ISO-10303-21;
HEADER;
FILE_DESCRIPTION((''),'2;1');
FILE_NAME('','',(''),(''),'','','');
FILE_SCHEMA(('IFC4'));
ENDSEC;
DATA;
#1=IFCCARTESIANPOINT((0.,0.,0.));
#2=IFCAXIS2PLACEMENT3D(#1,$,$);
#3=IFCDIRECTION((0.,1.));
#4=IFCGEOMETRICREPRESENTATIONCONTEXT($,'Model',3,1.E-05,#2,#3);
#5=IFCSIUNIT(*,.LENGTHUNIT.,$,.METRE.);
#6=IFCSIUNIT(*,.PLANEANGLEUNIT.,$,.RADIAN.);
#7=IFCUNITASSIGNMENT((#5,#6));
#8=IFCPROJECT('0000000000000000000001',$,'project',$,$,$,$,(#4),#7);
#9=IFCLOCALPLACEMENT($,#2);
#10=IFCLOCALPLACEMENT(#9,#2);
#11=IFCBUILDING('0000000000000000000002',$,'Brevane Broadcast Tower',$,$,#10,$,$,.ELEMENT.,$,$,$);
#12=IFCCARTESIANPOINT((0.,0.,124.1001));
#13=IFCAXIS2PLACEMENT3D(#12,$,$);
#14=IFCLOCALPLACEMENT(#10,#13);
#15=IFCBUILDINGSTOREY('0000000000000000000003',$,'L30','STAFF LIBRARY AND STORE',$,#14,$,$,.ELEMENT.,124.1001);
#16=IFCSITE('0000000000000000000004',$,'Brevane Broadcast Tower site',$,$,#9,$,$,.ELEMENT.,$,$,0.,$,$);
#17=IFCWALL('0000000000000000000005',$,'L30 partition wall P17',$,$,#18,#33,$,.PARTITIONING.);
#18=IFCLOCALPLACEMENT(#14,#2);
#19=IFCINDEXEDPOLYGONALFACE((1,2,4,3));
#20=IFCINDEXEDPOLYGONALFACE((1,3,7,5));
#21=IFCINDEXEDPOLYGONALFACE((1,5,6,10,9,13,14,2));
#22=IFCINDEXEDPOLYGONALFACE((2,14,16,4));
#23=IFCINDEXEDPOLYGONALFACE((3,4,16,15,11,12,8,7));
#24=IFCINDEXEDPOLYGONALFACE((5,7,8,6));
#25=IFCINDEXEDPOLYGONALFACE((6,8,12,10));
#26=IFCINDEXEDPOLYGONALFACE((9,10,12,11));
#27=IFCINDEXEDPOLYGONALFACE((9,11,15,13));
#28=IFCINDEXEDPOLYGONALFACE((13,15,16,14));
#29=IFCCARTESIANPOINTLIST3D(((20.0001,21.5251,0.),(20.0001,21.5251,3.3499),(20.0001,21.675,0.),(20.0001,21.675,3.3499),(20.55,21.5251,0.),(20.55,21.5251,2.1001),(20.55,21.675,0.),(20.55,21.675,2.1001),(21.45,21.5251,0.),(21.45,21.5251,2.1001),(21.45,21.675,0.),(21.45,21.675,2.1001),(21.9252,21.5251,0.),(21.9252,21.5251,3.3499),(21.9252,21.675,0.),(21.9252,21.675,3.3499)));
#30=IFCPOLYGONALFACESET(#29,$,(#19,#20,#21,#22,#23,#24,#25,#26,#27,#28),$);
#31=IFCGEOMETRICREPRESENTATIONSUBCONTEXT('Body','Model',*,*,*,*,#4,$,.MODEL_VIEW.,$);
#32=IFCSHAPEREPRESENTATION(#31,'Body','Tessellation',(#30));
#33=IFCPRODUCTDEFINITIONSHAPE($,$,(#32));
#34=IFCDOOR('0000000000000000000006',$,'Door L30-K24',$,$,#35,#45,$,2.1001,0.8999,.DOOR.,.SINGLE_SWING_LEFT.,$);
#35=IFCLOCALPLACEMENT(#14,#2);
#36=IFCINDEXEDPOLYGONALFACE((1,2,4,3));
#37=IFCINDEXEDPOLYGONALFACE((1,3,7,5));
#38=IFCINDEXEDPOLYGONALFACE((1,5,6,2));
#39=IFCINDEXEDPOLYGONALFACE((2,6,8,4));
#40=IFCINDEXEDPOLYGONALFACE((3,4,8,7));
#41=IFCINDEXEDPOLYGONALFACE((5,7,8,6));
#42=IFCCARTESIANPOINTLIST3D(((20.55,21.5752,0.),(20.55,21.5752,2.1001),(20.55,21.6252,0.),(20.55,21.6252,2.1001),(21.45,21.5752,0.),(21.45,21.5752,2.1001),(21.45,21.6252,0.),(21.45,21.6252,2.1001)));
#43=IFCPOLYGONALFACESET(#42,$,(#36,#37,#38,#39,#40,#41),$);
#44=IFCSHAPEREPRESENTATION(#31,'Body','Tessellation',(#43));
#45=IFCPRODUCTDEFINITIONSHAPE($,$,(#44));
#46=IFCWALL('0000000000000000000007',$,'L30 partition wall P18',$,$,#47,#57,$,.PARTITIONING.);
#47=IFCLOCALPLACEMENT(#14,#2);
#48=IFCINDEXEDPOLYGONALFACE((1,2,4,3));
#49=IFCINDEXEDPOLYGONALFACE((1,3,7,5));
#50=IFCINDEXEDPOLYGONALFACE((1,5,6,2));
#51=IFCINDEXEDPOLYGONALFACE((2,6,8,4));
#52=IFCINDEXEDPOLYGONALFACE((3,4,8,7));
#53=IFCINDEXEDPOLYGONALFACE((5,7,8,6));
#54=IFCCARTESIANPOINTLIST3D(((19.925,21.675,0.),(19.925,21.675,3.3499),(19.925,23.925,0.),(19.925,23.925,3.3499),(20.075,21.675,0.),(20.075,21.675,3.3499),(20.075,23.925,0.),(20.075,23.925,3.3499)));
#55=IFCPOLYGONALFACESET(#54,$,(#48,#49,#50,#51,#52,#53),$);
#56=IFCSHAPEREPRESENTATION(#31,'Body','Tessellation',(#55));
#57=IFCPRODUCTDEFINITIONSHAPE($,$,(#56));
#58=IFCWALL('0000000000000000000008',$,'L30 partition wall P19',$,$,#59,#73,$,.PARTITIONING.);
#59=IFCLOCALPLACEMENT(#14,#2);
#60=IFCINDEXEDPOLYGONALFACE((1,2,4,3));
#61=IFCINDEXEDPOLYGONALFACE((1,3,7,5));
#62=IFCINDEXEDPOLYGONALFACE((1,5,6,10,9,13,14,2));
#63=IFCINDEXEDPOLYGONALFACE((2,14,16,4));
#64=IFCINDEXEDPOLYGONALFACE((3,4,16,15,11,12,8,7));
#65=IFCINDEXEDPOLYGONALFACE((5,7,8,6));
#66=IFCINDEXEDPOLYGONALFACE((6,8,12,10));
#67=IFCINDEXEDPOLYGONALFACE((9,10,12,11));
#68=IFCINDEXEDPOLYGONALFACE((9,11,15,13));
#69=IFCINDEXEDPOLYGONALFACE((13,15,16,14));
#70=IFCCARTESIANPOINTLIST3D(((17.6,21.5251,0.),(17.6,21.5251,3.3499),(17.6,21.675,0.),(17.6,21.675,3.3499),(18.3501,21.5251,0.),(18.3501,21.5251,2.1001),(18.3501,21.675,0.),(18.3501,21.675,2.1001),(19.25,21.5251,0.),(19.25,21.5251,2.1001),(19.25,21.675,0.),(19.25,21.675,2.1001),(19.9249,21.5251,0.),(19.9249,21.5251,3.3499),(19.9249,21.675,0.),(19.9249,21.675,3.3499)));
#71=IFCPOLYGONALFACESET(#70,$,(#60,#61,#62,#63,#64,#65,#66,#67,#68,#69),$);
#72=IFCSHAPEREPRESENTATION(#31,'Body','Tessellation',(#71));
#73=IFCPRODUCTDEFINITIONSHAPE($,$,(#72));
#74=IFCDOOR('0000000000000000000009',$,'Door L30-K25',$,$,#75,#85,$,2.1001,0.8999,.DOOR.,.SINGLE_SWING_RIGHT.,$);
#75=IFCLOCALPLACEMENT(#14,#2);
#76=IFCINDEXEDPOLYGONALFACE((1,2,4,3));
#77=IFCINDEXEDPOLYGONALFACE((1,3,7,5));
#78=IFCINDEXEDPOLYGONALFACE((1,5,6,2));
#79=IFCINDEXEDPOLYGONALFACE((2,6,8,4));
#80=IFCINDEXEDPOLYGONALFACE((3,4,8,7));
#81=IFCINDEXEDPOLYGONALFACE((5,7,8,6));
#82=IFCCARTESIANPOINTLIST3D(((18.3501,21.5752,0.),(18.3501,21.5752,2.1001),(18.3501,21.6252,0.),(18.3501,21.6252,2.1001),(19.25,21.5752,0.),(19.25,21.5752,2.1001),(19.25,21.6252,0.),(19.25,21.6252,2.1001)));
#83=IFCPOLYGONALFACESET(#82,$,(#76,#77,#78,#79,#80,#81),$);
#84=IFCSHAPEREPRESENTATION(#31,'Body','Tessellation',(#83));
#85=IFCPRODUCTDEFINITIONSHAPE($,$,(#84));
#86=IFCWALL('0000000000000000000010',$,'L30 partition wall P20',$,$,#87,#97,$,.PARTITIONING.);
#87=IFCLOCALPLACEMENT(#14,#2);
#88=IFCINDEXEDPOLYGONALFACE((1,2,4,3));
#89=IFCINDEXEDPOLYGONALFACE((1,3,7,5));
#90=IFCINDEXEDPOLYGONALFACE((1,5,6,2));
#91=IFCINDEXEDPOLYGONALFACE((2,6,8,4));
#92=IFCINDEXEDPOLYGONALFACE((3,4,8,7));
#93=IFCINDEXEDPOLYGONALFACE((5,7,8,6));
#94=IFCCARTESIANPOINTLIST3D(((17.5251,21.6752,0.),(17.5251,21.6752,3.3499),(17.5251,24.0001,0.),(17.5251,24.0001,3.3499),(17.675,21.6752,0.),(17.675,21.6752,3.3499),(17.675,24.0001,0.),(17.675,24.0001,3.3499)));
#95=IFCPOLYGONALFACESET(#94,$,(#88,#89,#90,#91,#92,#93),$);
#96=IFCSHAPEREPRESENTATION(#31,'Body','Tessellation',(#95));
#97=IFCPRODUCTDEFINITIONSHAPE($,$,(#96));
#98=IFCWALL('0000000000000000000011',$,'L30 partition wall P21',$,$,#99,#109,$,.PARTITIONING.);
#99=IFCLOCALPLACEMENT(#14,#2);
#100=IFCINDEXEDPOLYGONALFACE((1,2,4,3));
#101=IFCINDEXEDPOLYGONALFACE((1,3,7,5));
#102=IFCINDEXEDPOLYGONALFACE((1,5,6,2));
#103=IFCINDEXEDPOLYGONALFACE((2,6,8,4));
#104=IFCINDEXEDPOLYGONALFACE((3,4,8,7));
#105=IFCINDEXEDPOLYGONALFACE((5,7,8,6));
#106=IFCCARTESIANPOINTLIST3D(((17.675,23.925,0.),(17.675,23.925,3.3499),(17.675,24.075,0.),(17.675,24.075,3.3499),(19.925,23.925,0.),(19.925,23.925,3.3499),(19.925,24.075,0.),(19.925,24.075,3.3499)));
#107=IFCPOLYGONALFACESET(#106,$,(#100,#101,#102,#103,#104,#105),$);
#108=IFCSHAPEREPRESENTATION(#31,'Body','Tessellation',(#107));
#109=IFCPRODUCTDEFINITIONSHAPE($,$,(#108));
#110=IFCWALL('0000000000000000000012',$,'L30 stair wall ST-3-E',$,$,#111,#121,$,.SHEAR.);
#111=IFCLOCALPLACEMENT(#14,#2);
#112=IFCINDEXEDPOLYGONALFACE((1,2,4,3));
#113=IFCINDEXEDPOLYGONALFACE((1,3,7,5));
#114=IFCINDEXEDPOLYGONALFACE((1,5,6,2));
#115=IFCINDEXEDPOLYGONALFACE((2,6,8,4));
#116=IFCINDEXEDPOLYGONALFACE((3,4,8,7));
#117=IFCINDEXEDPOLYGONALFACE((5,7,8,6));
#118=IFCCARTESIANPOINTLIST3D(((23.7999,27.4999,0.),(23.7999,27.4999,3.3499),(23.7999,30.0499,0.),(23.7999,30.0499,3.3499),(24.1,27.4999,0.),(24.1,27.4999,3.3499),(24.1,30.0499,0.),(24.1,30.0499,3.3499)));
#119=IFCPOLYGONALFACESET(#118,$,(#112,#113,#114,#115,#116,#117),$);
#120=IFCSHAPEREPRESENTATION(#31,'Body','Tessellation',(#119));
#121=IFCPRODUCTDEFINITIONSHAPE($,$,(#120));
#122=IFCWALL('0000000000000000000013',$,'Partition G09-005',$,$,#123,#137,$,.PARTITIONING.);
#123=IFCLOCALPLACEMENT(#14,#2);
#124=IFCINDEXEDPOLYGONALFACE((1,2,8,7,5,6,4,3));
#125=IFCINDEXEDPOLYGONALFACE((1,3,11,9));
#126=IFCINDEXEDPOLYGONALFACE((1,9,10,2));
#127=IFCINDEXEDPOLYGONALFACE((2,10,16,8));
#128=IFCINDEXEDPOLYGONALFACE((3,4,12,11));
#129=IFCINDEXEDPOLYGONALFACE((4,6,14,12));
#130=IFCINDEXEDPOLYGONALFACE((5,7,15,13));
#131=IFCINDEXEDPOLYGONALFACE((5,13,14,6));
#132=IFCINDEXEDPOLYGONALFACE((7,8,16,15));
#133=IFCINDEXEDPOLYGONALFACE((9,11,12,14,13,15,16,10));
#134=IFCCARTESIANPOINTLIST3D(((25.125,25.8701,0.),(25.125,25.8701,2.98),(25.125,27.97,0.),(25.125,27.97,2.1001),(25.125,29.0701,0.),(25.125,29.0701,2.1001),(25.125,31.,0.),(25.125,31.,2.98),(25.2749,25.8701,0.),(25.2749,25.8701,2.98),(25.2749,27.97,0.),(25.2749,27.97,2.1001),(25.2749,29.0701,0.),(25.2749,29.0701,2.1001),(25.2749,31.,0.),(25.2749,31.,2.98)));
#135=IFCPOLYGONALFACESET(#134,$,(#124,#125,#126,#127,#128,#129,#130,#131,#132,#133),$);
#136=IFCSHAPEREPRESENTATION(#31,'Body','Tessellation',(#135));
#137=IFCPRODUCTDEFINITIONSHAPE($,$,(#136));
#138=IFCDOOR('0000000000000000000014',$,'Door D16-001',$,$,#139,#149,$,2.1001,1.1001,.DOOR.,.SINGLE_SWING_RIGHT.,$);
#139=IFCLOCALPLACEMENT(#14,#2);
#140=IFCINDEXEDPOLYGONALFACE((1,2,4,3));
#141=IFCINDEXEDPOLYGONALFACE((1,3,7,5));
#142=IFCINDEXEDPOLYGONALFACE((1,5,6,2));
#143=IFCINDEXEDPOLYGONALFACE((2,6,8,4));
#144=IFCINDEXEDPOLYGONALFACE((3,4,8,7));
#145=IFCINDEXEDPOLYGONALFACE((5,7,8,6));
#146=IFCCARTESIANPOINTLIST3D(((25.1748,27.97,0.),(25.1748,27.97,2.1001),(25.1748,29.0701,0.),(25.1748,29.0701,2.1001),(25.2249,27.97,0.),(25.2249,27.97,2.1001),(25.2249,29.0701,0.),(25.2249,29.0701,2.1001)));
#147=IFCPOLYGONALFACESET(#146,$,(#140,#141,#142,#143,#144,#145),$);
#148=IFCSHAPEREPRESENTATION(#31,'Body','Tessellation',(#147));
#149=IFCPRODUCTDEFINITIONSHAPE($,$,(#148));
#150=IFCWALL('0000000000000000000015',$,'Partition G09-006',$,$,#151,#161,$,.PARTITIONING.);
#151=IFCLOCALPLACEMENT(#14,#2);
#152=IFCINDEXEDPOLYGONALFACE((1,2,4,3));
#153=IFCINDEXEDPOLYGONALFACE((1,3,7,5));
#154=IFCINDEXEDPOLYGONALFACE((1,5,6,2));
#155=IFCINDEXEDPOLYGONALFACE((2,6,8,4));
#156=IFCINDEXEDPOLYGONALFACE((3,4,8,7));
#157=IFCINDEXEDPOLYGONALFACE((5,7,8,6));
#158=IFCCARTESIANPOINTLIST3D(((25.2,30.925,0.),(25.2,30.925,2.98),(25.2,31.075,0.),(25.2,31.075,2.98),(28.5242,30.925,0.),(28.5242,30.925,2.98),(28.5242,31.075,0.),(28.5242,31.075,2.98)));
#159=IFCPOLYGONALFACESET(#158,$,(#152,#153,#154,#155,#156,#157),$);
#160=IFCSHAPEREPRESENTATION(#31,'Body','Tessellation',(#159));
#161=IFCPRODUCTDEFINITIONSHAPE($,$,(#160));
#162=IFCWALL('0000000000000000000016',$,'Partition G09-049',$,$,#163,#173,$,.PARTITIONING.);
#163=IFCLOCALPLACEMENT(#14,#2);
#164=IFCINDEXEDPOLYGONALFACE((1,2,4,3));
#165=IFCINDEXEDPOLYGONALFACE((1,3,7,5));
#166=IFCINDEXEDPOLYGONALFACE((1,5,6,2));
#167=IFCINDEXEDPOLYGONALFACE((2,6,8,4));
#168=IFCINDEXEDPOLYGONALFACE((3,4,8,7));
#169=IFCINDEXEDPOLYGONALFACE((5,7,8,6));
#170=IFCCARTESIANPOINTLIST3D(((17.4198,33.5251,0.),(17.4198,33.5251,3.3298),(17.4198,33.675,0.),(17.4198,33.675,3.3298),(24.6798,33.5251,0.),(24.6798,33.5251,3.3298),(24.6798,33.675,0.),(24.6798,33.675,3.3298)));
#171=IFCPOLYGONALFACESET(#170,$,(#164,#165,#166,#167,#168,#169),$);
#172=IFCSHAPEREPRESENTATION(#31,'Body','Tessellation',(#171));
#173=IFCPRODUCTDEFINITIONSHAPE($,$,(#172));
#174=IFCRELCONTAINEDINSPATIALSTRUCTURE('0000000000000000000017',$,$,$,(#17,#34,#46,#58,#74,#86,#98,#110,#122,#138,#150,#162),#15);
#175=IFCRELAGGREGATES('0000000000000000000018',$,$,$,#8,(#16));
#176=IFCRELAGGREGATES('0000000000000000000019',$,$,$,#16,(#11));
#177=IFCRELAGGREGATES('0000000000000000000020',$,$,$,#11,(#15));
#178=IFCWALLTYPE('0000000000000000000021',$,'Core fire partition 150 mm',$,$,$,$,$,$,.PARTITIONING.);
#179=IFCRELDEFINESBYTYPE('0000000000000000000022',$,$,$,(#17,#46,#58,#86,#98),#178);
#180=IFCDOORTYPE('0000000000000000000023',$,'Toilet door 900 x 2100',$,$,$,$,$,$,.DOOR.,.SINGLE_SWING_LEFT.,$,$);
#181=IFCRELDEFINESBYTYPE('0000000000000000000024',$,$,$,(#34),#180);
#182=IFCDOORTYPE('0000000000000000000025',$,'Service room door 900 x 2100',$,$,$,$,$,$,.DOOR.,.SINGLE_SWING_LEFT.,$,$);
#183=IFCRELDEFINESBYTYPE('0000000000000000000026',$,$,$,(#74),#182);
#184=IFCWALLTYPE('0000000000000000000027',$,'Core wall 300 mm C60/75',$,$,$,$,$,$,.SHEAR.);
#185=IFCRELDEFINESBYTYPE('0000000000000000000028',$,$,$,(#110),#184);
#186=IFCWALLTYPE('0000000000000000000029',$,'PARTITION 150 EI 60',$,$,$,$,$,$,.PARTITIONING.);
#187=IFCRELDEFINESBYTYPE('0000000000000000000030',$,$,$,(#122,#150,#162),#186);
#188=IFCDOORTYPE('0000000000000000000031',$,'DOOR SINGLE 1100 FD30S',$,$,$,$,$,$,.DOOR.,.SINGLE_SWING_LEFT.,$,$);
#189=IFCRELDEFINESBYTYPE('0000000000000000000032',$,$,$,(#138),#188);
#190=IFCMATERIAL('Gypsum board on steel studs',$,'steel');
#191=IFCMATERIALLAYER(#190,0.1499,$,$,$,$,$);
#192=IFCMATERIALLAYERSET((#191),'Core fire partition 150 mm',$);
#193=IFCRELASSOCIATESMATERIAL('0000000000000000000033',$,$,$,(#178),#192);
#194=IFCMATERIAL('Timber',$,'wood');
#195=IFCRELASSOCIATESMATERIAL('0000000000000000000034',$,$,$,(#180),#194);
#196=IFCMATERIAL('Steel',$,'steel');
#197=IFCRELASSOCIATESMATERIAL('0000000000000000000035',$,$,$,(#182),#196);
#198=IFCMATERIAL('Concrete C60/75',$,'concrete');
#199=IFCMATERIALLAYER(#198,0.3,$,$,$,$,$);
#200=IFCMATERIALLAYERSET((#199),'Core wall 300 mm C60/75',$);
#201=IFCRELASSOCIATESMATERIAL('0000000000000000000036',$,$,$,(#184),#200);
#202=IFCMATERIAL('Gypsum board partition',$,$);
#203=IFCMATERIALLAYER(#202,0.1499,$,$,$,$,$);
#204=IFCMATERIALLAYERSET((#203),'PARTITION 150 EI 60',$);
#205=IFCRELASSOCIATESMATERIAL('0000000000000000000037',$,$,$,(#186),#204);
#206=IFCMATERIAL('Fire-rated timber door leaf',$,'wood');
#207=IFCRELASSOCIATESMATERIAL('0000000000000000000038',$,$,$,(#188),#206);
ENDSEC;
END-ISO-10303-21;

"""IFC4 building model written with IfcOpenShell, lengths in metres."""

from ifc_helpers import new_model, si_unit, direction, frame, frame_2d, origin, place, context, subcontext, project, spatial, polyline, rectangle, outline, extrude, material, layer, layer_set, type_object, element, fill, save


model = new_model("IFC4")

# Units and contexts
model_context = context("Model", 3, precision=1e-05, world=origin(), true_north=direction((0.0, 1.0)))
body_context = subcontext(model_context, "Body", "Model", "MODEL_VIEW")
ifc_project = project(units=[si_unit("LENGTHUNIT", "METRE"), si_unit("PLANEANGLEUNIT", "RADIAN")], contexts=[model_context])

# Site, building, storey
site_placement = place(None, origin())
site = spatial("IfcSite", under=ifc_project, at=site_placement, Name="Brevane Broadcast Tower site", CompositionType="ELEMENT", RefElevation=0.0)
building_placement = place(site_placement, origin())
building = spatial("IfcBuilding", under=site, at=building_placement, Name="Brevane Broadcast Tower", CompositionType="ELEMENT")
storey_placement = place(building_placement, frame((0.0, 0.0, 124.1001)))
storey = spatial("IfcBuildingStorey", under=building, at=storey_placement, Name="L30", Description="STAFF LIBRARY AND STORE", CompositionType="ELEMENT", Elevation=124.1001)

# Shared definitions
ifc_material_1 = material(Name="Concrete C60/75", Category="concrete")

# Shared definitions
ifc_material_2 = material(Name="Gypsum board on steel studs", Category="steel")
ifc_layer_1 = layer(ifc_material_2, 0.1499)
ifc_layer_set_1 = layer_set([ifc_layer_1], Name="Core fire partition 150 mm")
wall_type_1 = type_object("IfcWallType", Name="Core fire partition 150 mm", PredefinedType="PARTITIONING", material=ifc_layer_set_1)

# Wall, opening, door
wall_1_placement = place(storey_placement, frame((21.925, 21.6001, 0.0), z_axis=(0.0, 0.0, 1.0), x_axis=(-1.0, 0.0, 0.0)))
wall_1 = element("IfcWall", 1, at=wall_1_placement, inside=storey, type_object=wall_type_1, Name="L30 partition wall P17", PredefinedType="PARTITIONING", context=body_context, shape_type="SweptSolid", body=[
    extrude(rectangle(XDim=1.925, YDim=0.1499, at=frame_2d((0.9624, 0.0))), origin(), (0.0, 0.0, 1.0), 3.3499),
])
opening_1_placement = place(wall_1_placement, frame((0.4751, 0.0, 0.0)))
opening_1 = element("IfcOpeningElement", 2, at=opening_1_placement, cuts=wall_1, PredefinedType="OPENING", context=body_context, shape_type="SweptSolid", body=[
    extrude(rectangle(XDim=0.8999, YDim=2.1001, at=frame_2d((0.45, 1.05))), frame((0.0, 0.085, 0.0), z_axis=(0.0, -1.0, 0.0), x_axis=(1.0, 0.0, 0.0)), (0.0, 0.0, 1.0), 0.1699),
])
ifc_material_3 = material(Name="Timber", Category="wood")
door_type_1 = type_object("IfcDoorType", Name="Toilet door 900 x 2100", OperationType="SINGLE_SWING_LEFT", PredefinedType="DOOR", material=ifc_material_3)
door_1_placement = place(opening_1_placement, origin())
door_1 = element("IfcDoor", 3, at=door_1_placement, inside=storey, type_object=door_type_1, Name="Door L30-K24", OperationType="SINGLE_SWING_LEFT", OverallHeight=2.1001, OverallWidth=0.8999, PredefinedType="DOOR", context=body_context, shape_type="SweptSolid", body=[
    extrude(rectangle(XDim=0.8999, YDim=2.1001, at=frame_2d((0.45, 1.05))), frame((0.0, 0.0249, 0.0), z_axis=(0.0, -1.0, 0.0), x_axis=(1.0, 0.0, 0.0)), (0.0, 0.0, 1.0), 0.05),
])
fill(opening_1, door_1)

# Wall
wall_2_placement = place(storey_placement, frame((20.0, 21.675, 0.0), z_axis=(0.0, 0.0, 1.0), x_axis=(0.0, 1.0, 0.0)))
element("IfcWall", 4, at=wall_2_placement, inside=storey, type_object=wall_type_1, Name="L30 partition wall P18", PredefinedType="PARTITIONING", context=body_context, shape_type="SweptSolid", body=[
    extrude(rectangle(XDim=2.25, YDim=0.1499, at=frame_2d((1.125, 0.0))), origin(), (0.0, 0.0, 1.0), 3.3499),
])

# Wall, opening, door
wall_3_placement = place(storey_placement, frame((19.925, 21.6001, 0.0), z_axis=(0.0, 0.0, 1.0), x_axis=(-1.0, 0.0, 0.0)))
wall_3 = element("IfcWall", 5, at=wall_3_placement, inside=storey, type_object=wall_type_1, Name="L30 partition wall P19", PredefinedType="PARTITIONING", context=body_context, shape_type="SweptSolid", body=[
    extrude(rectangle(XDim=2.325, YDim=0.1499, at=frame_2d((1.1626, 0.0))), origin(), (0.0, 0.0, 1.0), 3.3499),
])
opening_2_placement = place(wall_3_placement, frame((0.675, 0.0, 0.0)))
opening_2 = element("IfcOpeningElement", 6, at=opening_2_placement, cuts=wall_3, PredefinedType="OPENING", context=body_context, shape_type="SweptSolid", body=[
    extrude(rectangle(XDim=0.8999, YDim=2.1001, at=frame_2d((0.45, 1.05))), frame((0.0, 0.085, 0.0), z_axis=(0.0, -1.0, 0.0), x_axis=(1.0, 0.0, 0.0)), (0.0, 0.0, 1.0), 0.1699),
])
ifc_material_4 = material(Name="Steel", Category="steel")
door_type_2 = type_object("IfcDoorType", Name="Service room door 900 x 2100", OperationType="SINGLE_SWING_LEFT", PredefinedType="DOOR", material=ifc_material_4)
door_2_placement = place(opening_2_placement, origin())
door_2 = element("IfcDoor", 7, at=door_2_placement, inside=storey, type_object=door_type_2, Name="Door L30-K25", OperationType="SINGLE_SWING_RIGHT", OverallHeight=2.1001, OverallWidth=0.8999, PredefinedType="DOOR", context=body_context, shape_type="SweptSolid", body=[
    extrude(rectangle(XDim=0.8999, YDim=2.1001, at=frame_2d((0.45, 1.05))), frame((0.0, 0.0249, 0.0), z_axis=(0.0, -1.0, 0.0), x_axis=(1.0, 0.0, 0.0)), (0.0, 0.0, 1.0), 0.05),
])
fill(opening_2, door_2)

# Walls
wall_4_placement = place(storey_placement, frame((17.6001, 21.675, 0.0), z_axis=(0.0, 0.0, 1.0), x_axis=(0.0, 1.0, 0.0)))
element("IfcWall", 8, at=wall_4_placement, inside=storey, type_object=wall_type_1, Name="L30 partition wall P20", PredefinedType="PARTITIONING", context=body_context, shape_type="SweptSolid", body=[
    extrude(rectangle(XDim=2.325, YDim=0.1499, at=frame_2d((1.1626, 0.0))), origin(), (0.0, 0.0, 1.0), 3.3499),
])
wall_5_placement = place(storey_placement, frame((17.675, 24.0, 0.0), z_axis=(0.0, 0.0, 1.0), x_axis=(1.0, 0.0, 0.0)))
element("IfcWall", 9, at=wall_5_placement, inside=storey, type_object=wall_type_1, Name="L30 partition wall P21", PredefinedType="PARTITIONING", context=body_context, shape_type="SweptSolid", body=[
    extrude(rectangle(XDim=2.25, YDim=0.1499, at=frame_2d((1.125, 0.0))), origin(), (0.0, 0.0, 1.0), 3.3499),
])
ifc_layer_2 = layer(ifc_material_1, 0.3)
ifc_layer_set_2 = layer_set([ifc_layer_2], Name="Core wall 300 mm C60/75")
wall_type_2 = type_object("IfcWallType", Name="Core wall 300 mm C60/75", PredefinedType="SHEAR", material=ifc_layer_set_2)
wall_6_placement = place(storey_placement, frame((23.95, 27.5, 0.0), z_axis=(0.0, 0.0, 1.0), x_axis=(0.0, 1.0, 0.0)))
element("IfcWall", 10, at=wall_6_placement, inside=storey, type_object=wall_type_2, Name="L30 stair wall ST-3-E", PredefinedType="SHEAR", context=body_context, shape_type="SweptSolid", body=[
    extrude(rectangle(XDim=2.55, YDim=0.3, at=frame_2d((1.2749, 0.0))), origin(), (0.0, 0.0, 1.0), 3.3499),
])

# Wall, opening, door
ifc_material_5 = material(Name="Gypsum board partition")
ifc_layer_3 = layer(ifc_material_5, 0.1499)
ifc_layer_set_3 = layer_set([ifc_layer_3], Name="PARTITION 150 EI 60")
wall_type_3 = type_object("IfcWallType", Name="PARTITION 150 EI 60", PredefinedType="PARTITIONING", material=ifc_layer_set_3)
wall_7_placement = place(storey_placement, frame((25.2, 31.0, 0.0), z_axis=(0.0, 0.0, 1.0), x_axis=(0.0, -1.0, 0.0)))
wall_7 = element("IfcWall", 11, at=wall_7_placement, inside=storey, type_object=wall_type_3, Name="Partition G09-005", PredefinedType="PARTITIONING", context=body_context, shape_type="SweptSolid", body=[
    extrude(outline(polyline([(0.0, 0.0), (5.1299, 0.0), (5.1299, 2.98), (0.0, 2.98), (0.0, 0.0)])), frame((0.0, 0.075, 0.0), z_axis=(0.0, -1.0, 0.0), x_axis=(1.0, 0.0, 0.0)), (0.0, 0.0, 1.0), 0.1499),
])
opening_3_placement = place(wall_7_placement, frame((1.9299, 0.0, 0.0)))
opening_3 = element("IfcOpeningElement", 12, at=opening_3_placement, cuts=wall_7, PredefinedType="OPENING", context=body_context, shape_type="SweptSolid", body=[
    extrude(rectangle(XDim=1.1001, YDim=2.1001, at=frame_2d((0.55, 1.05))), frame((0.0, 0.085, 0.0), z_axis=(0.0, -1.0, 0.0), x_axis=(1.0, 0.0, 0.0)), (0.0, 0.0, 1.0), 0.1699),
])
ifc_material_6 = material(Name="Fire-rated timber door leaf", Category="wood")
door_type_3 = type_object("IfcDoorType", Name="DOOR SINGLE 1100 FD30S", OperationType="SINGLE_SWING_LEFT", PredefinedType="DOOR", material=ifc_material_6)
door_3_placement = place(opening_3_placement, origin())
door_3 = element("IfcDoor", 13, at=door_3_placement, inside=storey, type_object=door_type_3, Name="Door D16-001", OperationType="SINGLE_SWING_RIGHT", OverallHeight=2.1001, OverallWidth=1.1001, PredefinedType="DOOR", context=body_context, shape_type="SweptSolid", body=[
    extrude(rectangle(XDim=1.1001, YDim=2.1001, at=frame_2d((0.55, 1.05))), frame((0.0, 0.0249, 0.0), z_axis=(0.0, -1.0, 0.0), x_axis=(1.0, 0.0, 0.0)), (0.0, 0.0, 1.0), 0.05),
])
fill(opening_3, door_3)

# Walls
wall_8_placement = place(storey_placement, frame((25.2, 31.0, 0.0), z_axis=(0.0, 0.0, 1.0), x_axis=(1.0, 0.0, 0.0)))
element("IfcWall", 14, at=wall_8_placement, inside=storey, type_object=wall_type_3, Name="Partition G09-006", PredefinedType="PARTITIONING", context=body_context, shape_type="SweptSolid", body=[
    extrude(rectangle(XDim=3.3242, YDim=0.1499, at=frame_2d((1.6621, 0.0))), origin(), (0.0, 0.0, 1.0), 2.98),
])
wall_9_placement = place(storey_placement, frame((17.4199, 33.6001, 0.0), z_axis=(0.0, 0.0, 1.0), x_axis=(1.0, 0.0, 0.0)))
element("IfcWall", 15, at=wall_9_placement, inside=storey, type_object=wall_type_3, Name="Partition G09-049", PredefinedType="PARTITIONING", context=body_context, shape_type="SweptSolid", body=[
    extrude(rectangle(XDim=7.26, YDim=0.1499, at=frame_2d((3.6299, 0.0))), origin(), (0.0, 0.0, 1.0), 3.3298),
])

save(model, "model.ifc")
